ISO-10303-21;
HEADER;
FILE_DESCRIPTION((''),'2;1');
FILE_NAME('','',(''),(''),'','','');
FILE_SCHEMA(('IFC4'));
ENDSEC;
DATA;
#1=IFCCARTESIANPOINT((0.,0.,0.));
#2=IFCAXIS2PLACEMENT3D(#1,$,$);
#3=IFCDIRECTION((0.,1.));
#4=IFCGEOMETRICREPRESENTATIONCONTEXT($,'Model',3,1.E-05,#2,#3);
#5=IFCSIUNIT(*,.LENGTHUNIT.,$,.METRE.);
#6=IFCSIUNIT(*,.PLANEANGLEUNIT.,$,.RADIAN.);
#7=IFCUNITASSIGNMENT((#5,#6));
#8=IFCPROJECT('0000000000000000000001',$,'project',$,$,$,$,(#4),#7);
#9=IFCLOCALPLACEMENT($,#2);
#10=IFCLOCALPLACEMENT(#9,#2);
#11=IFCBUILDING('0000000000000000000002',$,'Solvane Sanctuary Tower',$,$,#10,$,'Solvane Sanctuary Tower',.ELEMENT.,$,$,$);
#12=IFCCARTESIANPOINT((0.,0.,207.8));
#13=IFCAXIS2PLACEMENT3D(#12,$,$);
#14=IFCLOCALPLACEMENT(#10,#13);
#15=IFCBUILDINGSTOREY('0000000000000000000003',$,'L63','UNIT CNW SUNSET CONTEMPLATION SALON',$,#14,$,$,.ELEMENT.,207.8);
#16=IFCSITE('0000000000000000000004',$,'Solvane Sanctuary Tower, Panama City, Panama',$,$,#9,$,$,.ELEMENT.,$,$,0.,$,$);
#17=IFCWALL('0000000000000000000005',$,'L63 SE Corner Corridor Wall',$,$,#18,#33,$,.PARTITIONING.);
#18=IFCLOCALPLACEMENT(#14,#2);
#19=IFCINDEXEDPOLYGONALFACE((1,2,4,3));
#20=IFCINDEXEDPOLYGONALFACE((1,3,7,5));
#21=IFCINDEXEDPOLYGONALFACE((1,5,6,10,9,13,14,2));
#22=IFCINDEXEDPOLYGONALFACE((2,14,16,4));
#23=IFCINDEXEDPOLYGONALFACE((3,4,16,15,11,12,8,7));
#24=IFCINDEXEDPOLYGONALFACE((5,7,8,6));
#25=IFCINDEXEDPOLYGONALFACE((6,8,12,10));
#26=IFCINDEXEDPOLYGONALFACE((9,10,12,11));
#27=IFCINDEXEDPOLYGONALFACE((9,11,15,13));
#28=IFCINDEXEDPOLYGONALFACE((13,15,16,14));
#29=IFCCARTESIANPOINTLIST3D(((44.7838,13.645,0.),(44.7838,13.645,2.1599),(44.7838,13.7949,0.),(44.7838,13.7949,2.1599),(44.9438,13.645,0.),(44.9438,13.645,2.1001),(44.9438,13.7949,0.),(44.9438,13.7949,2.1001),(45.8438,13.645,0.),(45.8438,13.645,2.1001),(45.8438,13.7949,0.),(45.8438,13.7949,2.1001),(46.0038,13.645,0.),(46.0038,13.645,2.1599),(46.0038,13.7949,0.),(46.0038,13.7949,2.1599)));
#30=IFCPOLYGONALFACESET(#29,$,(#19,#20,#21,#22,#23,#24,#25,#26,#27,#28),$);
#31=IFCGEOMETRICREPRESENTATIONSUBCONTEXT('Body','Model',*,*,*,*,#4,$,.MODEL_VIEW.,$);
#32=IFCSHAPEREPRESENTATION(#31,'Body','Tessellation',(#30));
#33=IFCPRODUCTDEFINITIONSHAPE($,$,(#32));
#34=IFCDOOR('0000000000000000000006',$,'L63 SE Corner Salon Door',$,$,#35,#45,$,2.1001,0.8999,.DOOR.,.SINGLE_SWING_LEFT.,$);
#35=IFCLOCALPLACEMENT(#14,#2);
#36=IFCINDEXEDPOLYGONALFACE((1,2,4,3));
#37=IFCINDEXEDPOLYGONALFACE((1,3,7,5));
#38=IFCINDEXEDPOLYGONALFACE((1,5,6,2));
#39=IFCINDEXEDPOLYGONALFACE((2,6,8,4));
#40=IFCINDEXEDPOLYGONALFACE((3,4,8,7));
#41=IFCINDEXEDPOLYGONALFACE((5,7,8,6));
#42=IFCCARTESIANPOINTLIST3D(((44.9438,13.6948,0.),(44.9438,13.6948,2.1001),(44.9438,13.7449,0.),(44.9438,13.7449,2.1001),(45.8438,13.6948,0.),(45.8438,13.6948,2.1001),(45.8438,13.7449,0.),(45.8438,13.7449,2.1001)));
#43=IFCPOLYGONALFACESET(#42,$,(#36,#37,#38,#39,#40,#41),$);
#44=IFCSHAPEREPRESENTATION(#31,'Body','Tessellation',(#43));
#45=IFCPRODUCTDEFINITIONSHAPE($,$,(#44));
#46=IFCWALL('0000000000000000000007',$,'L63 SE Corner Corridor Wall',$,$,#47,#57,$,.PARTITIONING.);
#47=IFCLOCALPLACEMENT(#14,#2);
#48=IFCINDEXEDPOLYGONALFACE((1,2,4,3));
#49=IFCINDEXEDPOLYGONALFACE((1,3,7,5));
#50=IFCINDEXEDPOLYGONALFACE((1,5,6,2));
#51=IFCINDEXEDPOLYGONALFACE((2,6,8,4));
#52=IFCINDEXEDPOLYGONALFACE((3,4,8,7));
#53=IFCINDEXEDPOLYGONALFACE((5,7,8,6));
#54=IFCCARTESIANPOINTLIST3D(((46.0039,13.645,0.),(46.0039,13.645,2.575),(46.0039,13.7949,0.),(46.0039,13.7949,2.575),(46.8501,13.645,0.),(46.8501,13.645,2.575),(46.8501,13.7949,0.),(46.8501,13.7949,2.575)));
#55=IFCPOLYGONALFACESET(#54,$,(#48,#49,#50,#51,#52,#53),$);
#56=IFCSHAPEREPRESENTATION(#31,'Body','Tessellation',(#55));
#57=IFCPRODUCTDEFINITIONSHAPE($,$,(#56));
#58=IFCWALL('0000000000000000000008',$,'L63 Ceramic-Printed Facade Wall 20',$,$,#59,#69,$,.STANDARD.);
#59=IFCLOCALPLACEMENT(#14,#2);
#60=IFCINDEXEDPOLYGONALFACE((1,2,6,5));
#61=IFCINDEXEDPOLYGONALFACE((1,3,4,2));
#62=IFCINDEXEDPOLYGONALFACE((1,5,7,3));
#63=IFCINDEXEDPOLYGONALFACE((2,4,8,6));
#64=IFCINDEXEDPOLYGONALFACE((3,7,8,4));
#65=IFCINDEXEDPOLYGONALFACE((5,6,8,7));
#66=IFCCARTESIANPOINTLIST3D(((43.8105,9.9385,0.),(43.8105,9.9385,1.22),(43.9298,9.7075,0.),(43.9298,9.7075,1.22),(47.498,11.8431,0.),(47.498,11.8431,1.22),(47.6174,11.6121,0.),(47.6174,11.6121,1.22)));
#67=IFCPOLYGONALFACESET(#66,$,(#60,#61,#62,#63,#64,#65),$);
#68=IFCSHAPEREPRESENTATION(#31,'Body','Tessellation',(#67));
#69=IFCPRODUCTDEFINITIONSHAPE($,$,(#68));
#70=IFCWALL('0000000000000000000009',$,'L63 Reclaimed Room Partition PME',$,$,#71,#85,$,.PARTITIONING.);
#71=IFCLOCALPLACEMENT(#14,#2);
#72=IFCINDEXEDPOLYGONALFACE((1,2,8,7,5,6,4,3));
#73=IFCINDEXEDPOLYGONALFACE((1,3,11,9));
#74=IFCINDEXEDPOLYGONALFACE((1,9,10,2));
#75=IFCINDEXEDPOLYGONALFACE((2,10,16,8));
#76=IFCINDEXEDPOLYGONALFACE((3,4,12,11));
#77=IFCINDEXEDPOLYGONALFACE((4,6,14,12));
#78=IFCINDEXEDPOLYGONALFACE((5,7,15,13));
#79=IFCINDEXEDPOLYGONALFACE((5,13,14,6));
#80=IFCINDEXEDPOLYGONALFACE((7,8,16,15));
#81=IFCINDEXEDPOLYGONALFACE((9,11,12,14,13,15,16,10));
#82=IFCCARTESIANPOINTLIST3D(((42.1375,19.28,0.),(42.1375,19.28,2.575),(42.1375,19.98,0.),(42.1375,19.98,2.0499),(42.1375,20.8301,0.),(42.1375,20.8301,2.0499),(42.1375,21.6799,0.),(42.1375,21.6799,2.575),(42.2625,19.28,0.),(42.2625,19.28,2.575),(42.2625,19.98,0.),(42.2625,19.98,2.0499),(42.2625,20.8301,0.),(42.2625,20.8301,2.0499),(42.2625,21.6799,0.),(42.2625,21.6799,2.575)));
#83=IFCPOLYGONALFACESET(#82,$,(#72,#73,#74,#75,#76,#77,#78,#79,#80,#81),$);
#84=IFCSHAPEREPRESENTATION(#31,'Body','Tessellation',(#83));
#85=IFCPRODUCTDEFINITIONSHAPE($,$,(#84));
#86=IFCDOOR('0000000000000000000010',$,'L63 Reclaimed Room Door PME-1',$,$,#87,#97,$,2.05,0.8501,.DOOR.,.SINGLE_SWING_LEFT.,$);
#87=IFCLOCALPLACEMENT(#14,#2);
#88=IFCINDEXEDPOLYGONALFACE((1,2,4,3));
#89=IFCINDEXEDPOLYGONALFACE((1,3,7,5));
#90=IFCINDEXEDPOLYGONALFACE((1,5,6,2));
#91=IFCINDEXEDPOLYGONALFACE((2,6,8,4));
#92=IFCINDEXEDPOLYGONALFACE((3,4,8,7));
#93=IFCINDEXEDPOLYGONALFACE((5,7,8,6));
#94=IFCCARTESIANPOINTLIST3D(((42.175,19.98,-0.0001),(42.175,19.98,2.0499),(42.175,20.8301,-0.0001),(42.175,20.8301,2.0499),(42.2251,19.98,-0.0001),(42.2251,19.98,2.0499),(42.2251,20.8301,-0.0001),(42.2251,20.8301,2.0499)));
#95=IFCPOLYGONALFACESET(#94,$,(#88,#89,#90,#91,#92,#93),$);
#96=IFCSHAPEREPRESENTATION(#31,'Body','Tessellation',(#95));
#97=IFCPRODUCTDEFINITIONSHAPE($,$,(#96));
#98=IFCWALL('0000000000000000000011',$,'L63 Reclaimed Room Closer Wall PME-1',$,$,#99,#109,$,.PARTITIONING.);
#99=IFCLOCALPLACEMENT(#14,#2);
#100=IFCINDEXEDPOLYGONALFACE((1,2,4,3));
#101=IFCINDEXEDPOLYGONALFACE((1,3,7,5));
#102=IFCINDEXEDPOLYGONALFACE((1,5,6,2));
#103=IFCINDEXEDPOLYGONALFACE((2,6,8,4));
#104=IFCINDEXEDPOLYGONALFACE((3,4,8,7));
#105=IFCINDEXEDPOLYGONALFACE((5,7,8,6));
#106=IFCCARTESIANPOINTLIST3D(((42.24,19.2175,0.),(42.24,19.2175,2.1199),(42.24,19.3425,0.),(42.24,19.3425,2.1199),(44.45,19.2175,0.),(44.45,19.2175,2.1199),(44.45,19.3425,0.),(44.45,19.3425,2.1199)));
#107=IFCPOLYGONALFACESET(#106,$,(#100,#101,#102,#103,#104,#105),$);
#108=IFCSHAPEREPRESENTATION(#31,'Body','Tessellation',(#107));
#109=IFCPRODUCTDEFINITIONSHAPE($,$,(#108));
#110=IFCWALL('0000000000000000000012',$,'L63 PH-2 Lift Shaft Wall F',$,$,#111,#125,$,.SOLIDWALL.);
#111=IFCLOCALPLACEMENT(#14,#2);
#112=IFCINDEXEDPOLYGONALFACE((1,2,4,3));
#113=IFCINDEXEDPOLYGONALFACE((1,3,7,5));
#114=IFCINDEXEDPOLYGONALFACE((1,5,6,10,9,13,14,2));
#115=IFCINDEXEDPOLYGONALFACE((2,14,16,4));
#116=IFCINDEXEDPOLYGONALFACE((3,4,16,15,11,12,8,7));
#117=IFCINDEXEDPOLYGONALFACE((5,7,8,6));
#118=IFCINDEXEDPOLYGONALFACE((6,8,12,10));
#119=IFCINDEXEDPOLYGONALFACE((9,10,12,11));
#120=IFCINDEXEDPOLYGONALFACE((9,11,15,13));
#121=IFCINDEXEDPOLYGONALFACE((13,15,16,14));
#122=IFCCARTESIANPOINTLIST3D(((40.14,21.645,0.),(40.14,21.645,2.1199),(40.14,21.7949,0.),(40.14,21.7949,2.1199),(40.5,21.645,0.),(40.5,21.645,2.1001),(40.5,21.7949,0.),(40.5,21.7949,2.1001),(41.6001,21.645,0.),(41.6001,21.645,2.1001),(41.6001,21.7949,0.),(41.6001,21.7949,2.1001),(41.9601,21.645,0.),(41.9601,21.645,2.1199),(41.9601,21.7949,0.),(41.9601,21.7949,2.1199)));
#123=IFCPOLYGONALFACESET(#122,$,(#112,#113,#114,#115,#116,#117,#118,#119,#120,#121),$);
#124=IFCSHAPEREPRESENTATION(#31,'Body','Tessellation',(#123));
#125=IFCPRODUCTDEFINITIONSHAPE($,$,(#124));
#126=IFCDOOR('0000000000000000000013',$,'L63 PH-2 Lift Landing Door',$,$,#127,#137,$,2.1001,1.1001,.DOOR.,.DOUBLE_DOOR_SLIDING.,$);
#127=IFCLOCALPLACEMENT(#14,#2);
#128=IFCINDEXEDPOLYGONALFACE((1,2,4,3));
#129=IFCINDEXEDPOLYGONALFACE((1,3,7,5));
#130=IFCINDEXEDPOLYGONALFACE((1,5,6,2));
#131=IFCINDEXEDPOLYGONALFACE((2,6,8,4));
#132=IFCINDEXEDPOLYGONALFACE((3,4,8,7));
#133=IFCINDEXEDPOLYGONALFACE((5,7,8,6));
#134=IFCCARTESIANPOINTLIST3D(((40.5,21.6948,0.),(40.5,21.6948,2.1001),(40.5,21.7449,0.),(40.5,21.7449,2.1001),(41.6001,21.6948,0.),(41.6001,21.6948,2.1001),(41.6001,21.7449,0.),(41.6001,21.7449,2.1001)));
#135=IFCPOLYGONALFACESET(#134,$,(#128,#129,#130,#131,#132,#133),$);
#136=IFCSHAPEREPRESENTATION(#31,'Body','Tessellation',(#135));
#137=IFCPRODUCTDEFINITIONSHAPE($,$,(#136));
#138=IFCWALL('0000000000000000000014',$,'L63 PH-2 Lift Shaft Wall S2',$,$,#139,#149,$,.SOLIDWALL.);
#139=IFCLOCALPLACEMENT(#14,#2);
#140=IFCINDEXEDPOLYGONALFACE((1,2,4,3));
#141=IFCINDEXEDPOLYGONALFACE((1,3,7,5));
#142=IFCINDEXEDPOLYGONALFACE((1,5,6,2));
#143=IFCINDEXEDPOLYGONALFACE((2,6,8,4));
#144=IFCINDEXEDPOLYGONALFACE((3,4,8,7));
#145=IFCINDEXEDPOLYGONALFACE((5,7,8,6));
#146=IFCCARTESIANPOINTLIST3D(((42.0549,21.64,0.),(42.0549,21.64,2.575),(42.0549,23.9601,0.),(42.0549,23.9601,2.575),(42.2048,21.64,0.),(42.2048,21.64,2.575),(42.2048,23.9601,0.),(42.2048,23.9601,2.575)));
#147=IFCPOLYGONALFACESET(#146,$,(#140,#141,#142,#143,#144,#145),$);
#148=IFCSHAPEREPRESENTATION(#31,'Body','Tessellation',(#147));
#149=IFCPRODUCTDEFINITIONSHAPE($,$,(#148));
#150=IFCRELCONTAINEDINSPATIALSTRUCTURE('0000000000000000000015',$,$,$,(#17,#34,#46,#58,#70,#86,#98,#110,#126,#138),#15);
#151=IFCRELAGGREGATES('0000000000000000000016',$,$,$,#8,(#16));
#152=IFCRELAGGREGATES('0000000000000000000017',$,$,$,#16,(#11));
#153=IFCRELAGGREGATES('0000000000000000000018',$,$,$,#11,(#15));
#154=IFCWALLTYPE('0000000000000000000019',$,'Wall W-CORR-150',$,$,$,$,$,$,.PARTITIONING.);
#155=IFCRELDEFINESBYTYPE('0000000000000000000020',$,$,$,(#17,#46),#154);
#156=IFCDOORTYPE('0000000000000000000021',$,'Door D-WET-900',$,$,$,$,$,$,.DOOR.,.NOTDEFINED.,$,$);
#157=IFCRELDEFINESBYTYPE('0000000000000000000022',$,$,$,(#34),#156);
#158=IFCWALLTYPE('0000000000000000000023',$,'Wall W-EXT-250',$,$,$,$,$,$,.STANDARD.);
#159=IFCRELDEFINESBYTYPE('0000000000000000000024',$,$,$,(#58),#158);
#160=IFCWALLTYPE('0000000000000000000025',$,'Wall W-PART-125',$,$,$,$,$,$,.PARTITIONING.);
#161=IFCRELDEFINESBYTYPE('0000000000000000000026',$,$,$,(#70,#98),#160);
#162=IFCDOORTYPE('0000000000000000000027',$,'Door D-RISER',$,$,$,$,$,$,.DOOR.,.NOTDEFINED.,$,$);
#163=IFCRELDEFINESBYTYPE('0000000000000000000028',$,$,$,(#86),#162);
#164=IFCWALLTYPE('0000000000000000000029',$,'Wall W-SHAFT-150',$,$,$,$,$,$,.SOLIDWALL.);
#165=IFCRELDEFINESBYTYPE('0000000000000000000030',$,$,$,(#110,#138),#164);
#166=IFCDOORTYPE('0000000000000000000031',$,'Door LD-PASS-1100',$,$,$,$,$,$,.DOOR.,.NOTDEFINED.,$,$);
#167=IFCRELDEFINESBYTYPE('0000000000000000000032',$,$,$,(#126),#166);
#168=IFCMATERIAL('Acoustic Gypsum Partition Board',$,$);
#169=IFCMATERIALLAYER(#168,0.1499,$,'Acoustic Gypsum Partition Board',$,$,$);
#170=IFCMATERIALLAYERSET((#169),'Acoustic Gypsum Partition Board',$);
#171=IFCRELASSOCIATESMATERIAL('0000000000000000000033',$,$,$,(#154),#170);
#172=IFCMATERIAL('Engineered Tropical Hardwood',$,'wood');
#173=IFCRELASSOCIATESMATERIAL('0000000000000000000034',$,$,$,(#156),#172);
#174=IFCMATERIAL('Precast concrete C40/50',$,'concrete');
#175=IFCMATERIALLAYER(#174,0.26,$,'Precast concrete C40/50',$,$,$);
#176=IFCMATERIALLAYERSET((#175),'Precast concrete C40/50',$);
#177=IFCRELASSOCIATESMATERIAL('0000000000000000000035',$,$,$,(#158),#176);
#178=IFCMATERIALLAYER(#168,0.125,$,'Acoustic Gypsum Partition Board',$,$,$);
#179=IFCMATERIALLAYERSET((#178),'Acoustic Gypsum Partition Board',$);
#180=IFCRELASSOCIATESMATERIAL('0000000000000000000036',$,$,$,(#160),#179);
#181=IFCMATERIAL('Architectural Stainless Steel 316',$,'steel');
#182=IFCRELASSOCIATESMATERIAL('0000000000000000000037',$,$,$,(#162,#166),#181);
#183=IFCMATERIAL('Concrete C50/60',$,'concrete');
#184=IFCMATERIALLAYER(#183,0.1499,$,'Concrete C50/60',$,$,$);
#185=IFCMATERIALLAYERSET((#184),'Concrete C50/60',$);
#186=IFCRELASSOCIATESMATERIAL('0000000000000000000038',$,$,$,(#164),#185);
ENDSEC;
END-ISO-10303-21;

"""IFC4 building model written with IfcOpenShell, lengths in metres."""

from ifc_helpers import new_model, si_unit, direction, frame, frame_2d, origin, place, context, subcontext, project, spatial, rectangle, extrude, material, layer, layer_set, type_object, element, fill, save


model = new_model("IFC4")

# Units and contexts
model_context = context("Model", 3, precision=1e-05, world=origin(), true_north=direction((0.0, 1.0)))
body_context = subcontext(model_context, "Body", "Model", "MODEL_VIEW")
ifc_project = project(units=[si_unit("LENGTHUNIT", "METRE"), si_unit("PLANEANGLEUNIT", "RADIAN")], contexts=[model_context])

# Site, building, storey
site_placement = place(None, origin())
site = spatial("IfcSite", under=ifc_project, at=site_placement, Name="Solvane Sanctuary Tower, Panama City, Panama", CompositionType="ELEMENT", RefElevation=0.0)
building_placement = place(site_placement, origin())
building = spatial("IfcBuilding", under=site, at=building_placement, Name="Solvane Sanctuary Tower", LongName="Solvane Sanctuary Tower", CompositionType="ELEMENT")
storey_placement = place(building_placement, frame((0.0, 0.0, 207.8)))
storey = spatial("IfcBuildingStorey", under=building, at=storey_placement, Name="L63", Description="UNIT CNW SUNSET CONTEMPLATION SALON", CompositionType="ELEMENT", Elevation=207.8)

# Shared definitions
ifc_material_1 = material(Name="Concrete C50/60", Category="concrete")

# Wall, opening, door
ifc_material_2 = material(Name="Acoustic Gypsum Partition Board")
ifc_layer_1 = layer(ifc_material_2, 0.1499, Name="Acoustic Gypsum Partition Board")
ifc_layer_set_1 = layer_set([ifc_layer_1], Name="Acoustic Gypsum Partition Board")
wall_type_1 = type_object("IfcWallType", Name="Wall W-CORR-150", PredefinedType="PARTITIONING", material=ifc_layer_set_1)
wall_1_placement = place(storey_placement, frame((44.7839, 13.72, 0.0), z_axis=(0.0, 0.0, 1.0), x_axis=(1.0, 0.0, 0.0)))
wall_1 = element("IfcWall", 1, at=wall_1_placement, inside=storey, type_object=wall_type_1, Name="L63 SE Corner Corridor Wall", PredefinedType="PARTITIONING", context=body_context, shape_type="SweptSolid", body=[
    extrude(rectangle(XDim=1.22, YDim=0.1499, at=frame_2d((0.6099, 0.0))), origin(), (0.0, 0.0, 1.0), 2.1599),
])
opening_1_placement = place(wall_1_placement, frame((0.1599, 0.0, 0.0)))
opening_1 = element("IfcOpeningElement", 2, at=opening_1_placement, cuts=wall_1, PredefinedType="OPENING", context=body_context, shape_type="SweptSolid", body=[
    extrude(rectangle(XDim=0.8999, YDim=2.1001, at=frame_2d((0.45, 1.05))), frame((0.0, 0.085, 0.0), z_axis=(0.0, -1.0, 0.0), x_axis=(1.0, 0.0, 0.0)), (0.0, 0.0, 1.0), 0.1699),
])
ifc_material_3 = material(Name="Engineered Tropical Hardwood", Category="wood")
door_type_1 = type_object("IfcDoorType", Name="Door D-WET-900", OperationType="NOTDEFINED", PredefinedType="DOOR", material=ifc_material_3)
door_1_placement = place(opening_1_placement, origin())
door_1 = element("IfcDoor", 3, at=door_1_placement, inside=storey, type_object=door_type_1, Name="L63 SE Corner Salon Door", OperationType="SINGLE_SWING_LEFT", OverallHeight=2.1001, OverallWidth=0.8999, PredefinedType="DOOR", context=body_context, shape_type="SweptSolid", body=[
    extrude(rectangle(XDim=0.8999, YDim=2.1001, at=frame_2d((0.45, 1.05))), frame((0.0, 0.0249, 0.0), z_axis=(0.0, -1.0, 0.0), x_axis=(1.0, 0.0, 0.0)), (0.0, 0.0, 1.0), 0.05),
])
fill(opening_1, door_1)

# Walls
wall_2_placement = place(storey_placement, frame((46.0039, 13.72, 0.0), z_axis=(0.0, 0.0, 1.0), x_axis=(1.0, 0.0, 0.0)))
element("IfcWall", 4, at=wall_2_placement, inside=storey, type_object=wall_type_1, Name="L63 SE Corner Corridor Wall", PredefinedType="PARTITIONING", context=body_context, shape_type="SweptSolid", body=[
    extrude(rectangle(XDim=0.8462, YDim=0.1499, at=frame_2d((0.4231, 0.0))), origin(), (0.0, 0.0, 1.0), 2.575),
])
ifc_material_4 = material(Name="Precast concrete C40/50", Category="concrete")
ifc_layer_2 = layer(ifc_material_4, 0.26, Name="Precast concrete C40/50")
ifc_layer_set_2 = layer_set([ifc_layer_2], Name="Precast concrete C40/50")
wall_type_2 = type_object("IfcWallType", Name="Wall W-EXT-250", PredefinedType="STANDARD", material=ifc_layer_set_2)
wall_3_placement = place(storey_placement, frame((43.8701, 9.823, 0.0), z_axis=(0.0, 0.0, 1.0), x_axis=(0.888491, 0.458893, 0.0)))
element("IfcWall", 5, at=wall_3_placement, inside=storey, type_object=wall_type_2, Name="L63 Ceramic-Printed Facade Wall 20", PredefinedType="STANDARD", context=body_context, shape_type="SweptSolid", body=[
    extrude(rectangle(XDim=4.1504, YDim=0.26, at=frame_2d((2.0752, 0.0))), origin(), (0.0, 0.0, 1.0), 1.22),
])

# Wall, opening, door
ifc_layer_3 = layer(ifc_material_2, 0.125, Name="Acoustic Gypsum Partition Board")
ifc_layer_set_3 = layer_set([ifc_layer_3], Name="Acoustic Gypsum Partition Board")
wall_type_3 = type_object("IfcWallType", Name="Wall W-PART-125", PredefinedType="PARTITIONING", material=ifc_layer_set_3)
wall_4_placement = place(storey_placement, frame((42.2, 19.28, 0.0), z_axis=(0.0, 0.0, 1.0), x_axis=(0.0, 1.0, 0.0)))
wall_4 = element("IfcWall", 6, at=wall_4_placement, inside=storey, type_object=wall_type_3, Name="L63 Reclaimed Room Partition PME", PredefinedType="PARTITIONING", context=body_context, shape_type="SweptSolid", body=[
    extrude(rectangle(XDim=2.3999, YDim=0.125, at=frame_2d((1.2, 0.0))), origin(), (0.0, 0.0, 1.0), 2.575),
])
opening_2_placement = place(wall_4_placement, frame((0.7, 0.0, 0.0)))
opening_2 = element("IfcOpeningElement", 7, at=opening_2_placement, cuts=wall_4, PredefinedType="OPENING", context=body_context, shape_type="SweptSolid", body=[
    extrude(rectangle(XDim=0.8501, YDim=2.05, at=frame_2d((0.425, 1.0249))), frame((0.0, 0.0725, 0.0), z_axis=(0.0, -1.0, 0.0), x_axis=(1.0, 0.0, 0.0)), (0.0, 0.0, 1.0), 0.145),
])
ifc_material_5 = material(Name="Architectural Stainless Steel 316", Category="steel")
door_type_2 = type_object("IfcDoorType", Name="Door D-RISER", OperationType="NOTDEFINED", PredefinedType="DOOR", material=ifc_material_5)
door_2_placement = place(opening_2_placement, origin())
door_2 = element("IfcDoor", 8, at=door_2_placement, inside=storey, type_object=door_type_2, Name="L63 Reclaimed Room Door PME-1", OperationType="SINGLE_SWING_LEFT", OverallHeight=2.05, OverallWidth=0.8501, PredefinedType="DOOR", context=body_context, shape_type="SweptSolid", body=[
    extrude(rectangle(XDim=0.8501, YDim=2.05, at=frame_2d((0.425, 1.0249))), frame((0.0, 0.0249, 0.0), z_axis=(0.0, -1.0, 0.0), x_axis=(1.0, 0.0, 0.0)), (0.0, 0.0, 1.0), 0.05),
])
fill(opening_2, door_2)

# Wall
wall_5_placement = place(storey_placement, frame((42.24, 19.28, 0.0), z_axis=(0.0, 0.0, 1.0), x_axis=(1.0, 0.0, 0.0)))
element("IfcWall", 9, at=wall_5_placement, inside=storey, type_object=wall_type_3, Name="L63 Reclaimed Room Closer Wall PME-1", PredefinedType="PARTITIONING", context=body_context, shape_type="SweptSolid", body=[
    extrude(rectangle(XDim=2.21, YDim=0.125, at=frame_2d((1.105, 0.0))), origin(), (0.0, 0.0, 1.0), 2.1199),
])

# Wall, opening, door
ifc_layer_4 = layer(ifc_material_1, 0.1499, Name="Concrete C50/60")
ifc_layer_set_4 = layer_set([ifc_layer_4], Name="Concrete C50/60")
wall_type_4 = type_object("IfcWallType", Name="Wall W-SHAFT-150", PredefinedType="SOLIDWALL", material=ifc_layer_set_4)
wall_6_placement = place(storey_placement, frame((40.1399, 21.72, 0.0), z_axis=(0.0, 0.0, 1.0), x_axis=(1.0, 0.0, 0.0)))
wall_6 = element("IfcWall", 10, at=wall_6_placement, inside=storey, type_object=wall_type_4, Name="L63 PH-2 Lift Shaft Wall F", PredefinedType="SOLIDWALL", context=body_context, shape_type="SweptSolid", body=[
    extrude(rectangle(XDim=1.8201, YDim=0.1499, at=frame_2d((0.9102, 0.0))), origin(), (0.0, 0.0, 1.0), 2.1199),
])
opening_3_placement = place(wall_6_placement, frame((0.3601, 0.0, 0.0)))
opening_3 = element("IfcOpeningElement", 11, at=opening_3_placement, cuts=wall_6, PredefinedType="OPENING", context=body_context, shape_type="SweptSolid", body=[
    extrude(rectangle(XDim=1.1001, YDim=2.1001, at=frame_2d((0.55, 1.05))), frame((0.0, 0.085, 0.0), z_axis=(0.0, -1.0, 0.0), x_axis=(1.0, 0.0, 0.0)), (0.0, 0.0, 1.0), 0.1699),
])
door_type_3 = type_object("IfcDoorType", Name="Door LD-PASS-1100", OperationType="NOTDEFINED", PredefinedType="DOOR", material=ifc_material_5)
door_3_placement = place(opening_3_placement, origin())
door_3 = element("IfcDoor", 12, at=door_3_placement, inside=storey, type_object=door_type_3, Name="L63 PH-2 Lift Landing Door", OperationType="DOUBLE_DOOR_SLIDING", OverallHeight=2.1001, OverallWidth=1.1001, PredefinedType="DOOR", context=body_context, shape_type="SweptSolid", body=[
    extrude(rectangle(XDim=1.1001, YDim=2.1001, at=frame_2d((0.55, 1.05))), frame((0.0, 0.0249, 0.0), z_axis=(0.0, -1.0, 0.0), x_axis=(1.0, 0.0, 0.0)), (0.0, 0.0, 1.0), 0.05),
])
fill(opening_3, door_3)

# Wall
wall_7_placement = place(storey_placement, frame((42.1299, 21.6399, 0.0), z_axis=(0.0, 0.0, 1.0), x_axis=(0.0, 1.0, 0.0)))
element("IfcWall", 13, at=wall_7_placement, inside=storey, type_object=wall_type_4, Name="L63 PH-2 Lift Shaft Wall S2", PredefinedType="SOLIDWALL", context=body_context, shape_type="SweptSolid", body=[
    extrude(rectangle(XDim=2.3201, YDim=0.1499, at=frame_2d((1.1602, 0.0))), origin(), (0.0, 0.0, 1.0), 2.575),
])

save(model, "model.ifc")
